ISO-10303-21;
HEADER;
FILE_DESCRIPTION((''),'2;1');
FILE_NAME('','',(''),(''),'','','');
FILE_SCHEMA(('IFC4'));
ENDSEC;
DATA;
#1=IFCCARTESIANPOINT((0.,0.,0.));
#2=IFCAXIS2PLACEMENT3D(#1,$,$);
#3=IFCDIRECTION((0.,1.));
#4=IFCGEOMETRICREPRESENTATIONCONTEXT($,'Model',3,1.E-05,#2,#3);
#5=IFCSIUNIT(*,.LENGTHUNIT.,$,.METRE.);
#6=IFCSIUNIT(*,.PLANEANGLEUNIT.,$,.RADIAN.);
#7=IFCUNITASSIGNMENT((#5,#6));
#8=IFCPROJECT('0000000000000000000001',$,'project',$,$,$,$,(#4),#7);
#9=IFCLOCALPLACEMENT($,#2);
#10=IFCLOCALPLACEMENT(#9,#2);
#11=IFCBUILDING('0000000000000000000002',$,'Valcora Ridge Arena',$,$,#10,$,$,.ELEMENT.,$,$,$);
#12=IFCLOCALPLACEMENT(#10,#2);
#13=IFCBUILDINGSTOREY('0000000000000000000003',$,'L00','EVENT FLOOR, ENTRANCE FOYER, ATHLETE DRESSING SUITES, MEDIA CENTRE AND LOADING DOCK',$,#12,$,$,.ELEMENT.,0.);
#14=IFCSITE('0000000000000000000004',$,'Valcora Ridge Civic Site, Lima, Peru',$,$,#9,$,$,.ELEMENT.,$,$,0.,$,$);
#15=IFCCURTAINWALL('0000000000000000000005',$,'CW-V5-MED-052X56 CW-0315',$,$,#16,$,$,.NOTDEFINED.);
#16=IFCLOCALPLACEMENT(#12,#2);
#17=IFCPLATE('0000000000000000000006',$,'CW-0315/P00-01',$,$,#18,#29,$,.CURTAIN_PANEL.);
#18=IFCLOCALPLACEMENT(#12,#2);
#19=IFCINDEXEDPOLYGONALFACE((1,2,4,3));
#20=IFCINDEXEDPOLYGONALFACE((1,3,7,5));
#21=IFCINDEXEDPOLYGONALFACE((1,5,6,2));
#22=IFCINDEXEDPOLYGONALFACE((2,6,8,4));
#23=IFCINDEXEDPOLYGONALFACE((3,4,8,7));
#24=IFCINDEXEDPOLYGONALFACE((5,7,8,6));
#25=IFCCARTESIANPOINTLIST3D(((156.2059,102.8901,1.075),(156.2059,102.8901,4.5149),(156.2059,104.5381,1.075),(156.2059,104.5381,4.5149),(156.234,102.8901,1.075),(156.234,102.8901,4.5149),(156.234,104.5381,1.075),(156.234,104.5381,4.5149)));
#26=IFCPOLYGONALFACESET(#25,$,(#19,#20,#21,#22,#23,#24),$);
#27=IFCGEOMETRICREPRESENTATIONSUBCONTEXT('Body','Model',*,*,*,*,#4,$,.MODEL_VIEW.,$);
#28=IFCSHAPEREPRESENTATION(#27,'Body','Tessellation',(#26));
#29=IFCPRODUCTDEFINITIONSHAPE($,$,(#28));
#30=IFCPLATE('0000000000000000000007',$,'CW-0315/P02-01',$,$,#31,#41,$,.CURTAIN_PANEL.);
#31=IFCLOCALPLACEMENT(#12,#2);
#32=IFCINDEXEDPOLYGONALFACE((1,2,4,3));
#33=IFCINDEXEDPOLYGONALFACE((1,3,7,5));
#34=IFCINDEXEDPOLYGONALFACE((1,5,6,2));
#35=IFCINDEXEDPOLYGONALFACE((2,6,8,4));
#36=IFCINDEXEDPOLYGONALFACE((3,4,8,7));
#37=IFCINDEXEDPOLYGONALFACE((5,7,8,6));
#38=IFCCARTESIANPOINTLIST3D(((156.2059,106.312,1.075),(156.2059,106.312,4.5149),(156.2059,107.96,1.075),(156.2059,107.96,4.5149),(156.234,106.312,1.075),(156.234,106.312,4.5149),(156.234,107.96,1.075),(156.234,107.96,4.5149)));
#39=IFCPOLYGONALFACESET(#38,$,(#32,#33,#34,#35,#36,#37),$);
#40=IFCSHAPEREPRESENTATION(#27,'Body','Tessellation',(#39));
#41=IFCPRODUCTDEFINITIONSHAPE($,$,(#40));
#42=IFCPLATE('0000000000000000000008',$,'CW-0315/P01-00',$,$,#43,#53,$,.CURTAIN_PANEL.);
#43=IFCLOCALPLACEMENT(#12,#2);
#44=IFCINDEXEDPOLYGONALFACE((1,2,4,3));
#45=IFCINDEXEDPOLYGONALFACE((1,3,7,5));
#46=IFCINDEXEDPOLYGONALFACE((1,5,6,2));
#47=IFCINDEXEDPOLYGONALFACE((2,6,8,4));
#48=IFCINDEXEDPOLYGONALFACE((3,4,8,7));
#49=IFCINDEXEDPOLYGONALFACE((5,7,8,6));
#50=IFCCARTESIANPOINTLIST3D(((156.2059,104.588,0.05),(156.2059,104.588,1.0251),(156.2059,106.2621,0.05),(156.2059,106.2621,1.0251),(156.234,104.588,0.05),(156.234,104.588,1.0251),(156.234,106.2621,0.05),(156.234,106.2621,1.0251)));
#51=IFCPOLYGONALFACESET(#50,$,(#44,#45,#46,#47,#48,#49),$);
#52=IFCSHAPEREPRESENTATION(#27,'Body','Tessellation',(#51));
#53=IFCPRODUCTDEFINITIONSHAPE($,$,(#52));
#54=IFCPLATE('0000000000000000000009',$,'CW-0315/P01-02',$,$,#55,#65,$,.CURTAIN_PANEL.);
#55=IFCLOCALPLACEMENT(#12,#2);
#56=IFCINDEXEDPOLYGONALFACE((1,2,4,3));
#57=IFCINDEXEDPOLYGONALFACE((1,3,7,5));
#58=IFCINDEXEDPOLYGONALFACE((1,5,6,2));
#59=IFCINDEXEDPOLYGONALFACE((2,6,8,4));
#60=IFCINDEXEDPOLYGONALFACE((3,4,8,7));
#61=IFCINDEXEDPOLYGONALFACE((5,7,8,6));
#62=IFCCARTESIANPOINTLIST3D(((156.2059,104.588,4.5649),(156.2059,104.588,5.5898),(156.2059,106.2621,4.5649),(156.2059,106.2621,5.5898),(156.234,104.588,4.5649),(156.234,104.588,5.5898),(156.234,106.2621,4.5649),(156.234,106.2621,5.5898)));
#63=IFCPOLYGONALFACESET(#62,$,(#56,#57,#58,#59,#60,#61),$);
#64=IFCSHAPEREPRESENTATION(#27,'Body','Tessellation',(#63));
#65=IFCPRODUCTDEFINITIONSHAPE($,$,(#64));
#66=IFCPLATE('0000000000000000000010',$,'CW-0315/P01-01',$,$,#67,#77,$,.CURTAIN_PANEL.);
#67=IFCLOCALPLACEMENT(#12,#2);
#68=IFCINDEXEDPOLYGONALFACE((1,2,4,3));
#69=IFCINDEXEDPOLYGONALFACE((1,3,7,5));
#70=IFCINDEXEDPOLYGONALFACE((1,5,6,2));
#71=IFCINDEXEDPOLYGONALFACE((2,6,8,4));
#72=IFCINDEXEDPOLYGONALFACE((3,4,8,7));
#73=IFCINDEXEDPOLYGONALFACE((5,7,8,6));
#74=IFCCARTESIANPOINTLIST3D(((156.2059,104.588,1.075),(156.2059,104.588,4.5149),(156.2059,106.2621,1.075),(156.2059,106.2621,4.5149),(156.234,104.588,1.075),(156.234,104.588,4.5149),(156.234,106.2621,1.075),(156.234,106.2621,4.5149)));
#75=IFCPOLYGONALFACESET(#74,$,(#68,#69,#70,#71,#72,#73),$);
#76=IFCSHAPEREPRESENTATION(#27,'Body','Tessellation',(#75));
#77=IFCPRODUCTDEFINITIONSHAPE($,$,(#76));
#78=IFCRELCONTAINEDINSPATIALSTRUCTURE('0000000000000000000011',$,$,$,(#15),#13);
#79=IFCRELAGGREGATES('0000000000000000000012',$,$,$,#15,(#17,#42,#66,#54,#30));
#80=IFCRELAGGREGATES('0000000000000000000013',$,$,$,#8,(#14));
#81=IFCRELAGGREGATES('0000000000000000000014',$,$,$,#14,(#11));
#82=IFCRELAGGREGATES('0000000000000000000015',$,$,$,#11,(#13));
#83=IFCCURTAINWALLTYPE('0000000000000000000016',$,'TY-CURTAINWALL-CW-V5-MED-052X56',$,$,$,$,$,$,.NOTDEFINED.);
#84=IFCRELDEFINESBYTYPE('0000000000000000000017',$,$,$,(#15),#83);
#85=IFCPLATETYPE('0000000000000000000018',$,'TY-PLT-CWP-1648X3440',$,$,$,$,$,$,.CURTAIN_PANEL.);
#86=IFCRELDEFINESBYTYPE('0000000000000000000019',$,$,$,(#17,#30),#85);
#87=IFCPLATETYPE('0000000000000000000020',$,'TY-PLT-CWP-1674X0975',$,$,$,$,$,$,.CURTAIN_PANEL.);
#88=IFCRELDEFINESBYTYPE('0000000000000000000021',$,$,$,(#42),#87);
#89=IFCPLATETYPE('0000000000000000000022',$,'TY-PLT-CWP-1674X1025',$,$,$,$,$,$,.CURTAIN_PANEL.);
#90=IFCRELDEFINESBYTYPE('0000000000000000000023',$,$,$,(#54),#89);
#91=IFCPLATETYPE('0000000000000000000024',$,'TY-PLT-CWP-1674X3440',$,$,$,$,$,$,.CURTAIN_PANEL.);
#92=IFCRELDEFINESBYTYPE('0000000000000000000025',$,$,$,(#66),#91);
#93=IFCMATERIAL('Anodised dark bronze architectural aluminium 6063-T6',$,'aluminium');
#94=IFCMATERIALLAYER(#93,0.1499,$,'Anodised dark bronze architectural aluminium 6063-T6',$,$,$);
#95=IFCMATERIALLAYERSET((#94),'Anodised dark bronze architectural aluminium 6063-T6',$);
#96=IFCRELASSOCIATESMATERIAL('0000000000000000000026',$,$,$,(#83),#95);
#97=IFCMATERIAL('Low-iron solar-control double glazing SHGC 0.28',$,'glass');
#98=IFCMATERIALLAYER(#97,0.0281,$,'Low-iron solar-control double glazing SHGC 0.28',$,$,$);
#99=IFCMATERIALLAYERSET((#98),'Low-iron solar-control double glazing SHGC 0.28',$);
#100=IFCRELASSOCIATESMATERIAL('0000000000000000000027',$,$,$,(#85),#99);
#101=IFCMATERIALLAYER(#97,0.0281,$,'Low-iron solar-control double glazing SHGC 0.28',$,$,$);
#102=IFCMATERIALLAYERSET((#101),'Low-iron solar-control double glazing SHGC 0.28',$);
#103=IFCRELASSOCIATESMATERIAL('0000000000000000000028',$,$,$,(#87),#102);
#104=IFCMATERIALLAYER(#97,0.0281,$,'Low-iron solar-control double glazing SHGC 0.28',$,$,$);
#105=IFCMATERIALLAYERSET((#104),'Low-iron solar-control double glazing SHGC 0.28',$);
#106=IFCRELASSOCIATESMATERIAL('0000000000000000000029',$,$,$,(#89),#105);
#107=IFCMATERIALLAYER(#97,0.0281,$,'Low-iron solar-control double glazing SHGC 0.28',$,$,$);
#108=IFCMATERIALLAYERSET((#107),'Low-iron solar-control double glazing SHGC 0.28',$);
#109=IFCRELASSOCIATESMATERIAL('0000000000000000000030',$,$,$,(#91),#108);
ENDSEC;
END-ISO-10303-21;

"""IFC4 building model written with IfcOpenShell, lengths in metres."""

from ifc_helpers import new_model, si_unit, direction, frame, origin, origin_2d, place, context, subcontext, project, spatial, rectangle, extrude, material, layer, layer_set, type_object, element, aggregate, save


model = new_model("IFC4")

# Units and contexts
model_context = context("Model", 3, precision=1e-05, world=origin(), true_north=direction((0.0, 1.0)))
body_context = subcontext(model_context, "Body", "Model", "MODEL_VIEW")
ifc_project = project(units=[si_unit("LENGTHUNIT", "METRE"), si_unit("PLANEANGLEUNIT", "RADIAN")], contexts=[model_context])

# Site, building, storey
site_placement = place(None, origin())
site = spatial("IfcSite", under=ifc_project, at=site_placement, Name="Valcora Ridge Civic Site, Lima, Peru", CompositionType="ELEMENT", RefElevation=0.0)
building_placement = place(site_placement, origin())
building = spatial("IfcBuilding", under=site, at=building_placement, Name="Valcora Ridge Arena", CompositionType="ELEMENT")
storey_placement = place(building_placement, origin())
storey = spatial("IfcBuildingStorey", under=building, at=storey_placement, Name="L00", Description="EVENT FLOOR, ENTRANCE FOYER, ATHLETE DRESSING SUITES, MEDIA CENTRE AND LOADING DOCK", CompositionType="ELEMENT", Elevation=0.0)

# Curtain wall, plates
ifc_material_1 = material(Name="Anodised dark bronze architectural aluminium 6063-T6", Category="aluminium")
ifc_layer_1 = layer(ifc_material_1, 0.1499, Name="Anodised dark bronze architectural aluminium 6063-T6")
ifc_layer_set_1 = layer_set([ifc_layer_1], Name="Anodised dark bronze architectural aluminium 6063-T6")
curtain_wall_type = type_object("IfcCurtainWallType", Name="TY-CURTAINWALL-CW-V5-MED-052X56", PredefinedType="NOTDEFINED", material=ifc_layer_set_1)
curtain_wall_placement = place(storey_placement, origin())
curtain_wall = element("IfcCurtainWall", 1, at=curtain_wall_placement, inside=storey, type_object=curtain_wall_type, Name="CW-V5-MED-052X56 CW-0315", PredefinedType="NOTDEFINED")
ifc_material_2 = material(Name="Low-iron solar-control double glazing SHGC 0.28", Category="glass")
ifc_layer_2 = layer(ifc_material_2, 0.0281, Name="Low-iron solar-control double glazing SHGC 0.28")
ifc_layer_set_2 = layer_set([ifc_layer_2], Name="Low-iron solar-control double glazing SHGC 0.28")
plate_type_1 = type_object("IfcPlateType", Name="TY-PLT-CWP-1648X3440", PredefinedType="CURTAIN_PANEL", material=ifc_layer_set_2)
plate_1_placement = place(storey_placement, frame((156.22, 103.7141, 1.075), z_axis=(0.0, 0.0, 1.0), x_axis=(0.0, 1.0, 0.0)))
plate_1 = element("IfcPlate", 2, at=plate_1_placement, type_object=plate_type_1, Name="CW-0315/P00-01", PredefinedType="CURTAIN_PANEL", context=body_context, shape_type="SweptSolid", body=[
    extrude(rectangle(XDim=1.6479, YDim=0.0281, at=origin_2d()), origin(), (0.0, 0.0, 1.0), 3.4399),
])
plate_2_placement = place(storey_placement, frame((156.22, 107.136, 1.075), z_axis=(0.0, 0.0, 1.0), x_axis=(0.0, 1.0, 0.0)))
plate_2 = element("IfcPlate", 3, at=plate_2_placement, type_object=plate_type_1, Name="CW-0315/P02-01", PredefinedType="CURTAIN_PANEL", context=body_context, shape_type="SweptSolid", body=[
    extrude(rectangle(XDim=1.6479, YDim=0.0281, at=origin_2d()), origin(), (0.0, 0.0, 1.0), 3.4399),
])
ifc_layer_3 = layer(ifc_material_2, 0.0281, Name="Low-iron solar-control double glazing SHGC 0.28")
ifc_layer_set_3 = layer_set([ifc_layer_3], Name="Low-iron solar-control double glazing SHGC 0.28")
plate_type_2 = type_object("IfcPlateType", Name="TY-PLT-CWP-1674X0975", PredefinedType="CURTAIN_PANEL", material=ifc_layer_set_3)
plate_3_placement = place(storey_placement, frame((156.22, 105.425, 0.05), z_axis=(0.0, 0.0, 1.0), x_axis=(0.0, 1.0, 0.0)))
plate_3 = element("IfcPlate", 4, at=plate_3_placement, type_object=plate_type_2, Name="CW-0315/P01-00", PredefinedType="CURTAIN_PANEL", context=body_context, shape_type="SweptSolid", body=[
    extrude(rectangle(XDim=1.6741, YDim=0.0281, at=origin_2d()), origin(), (0.0, 0.0, 1.0), 0.9751),
])
ifc_layer_4 = layer(ifc_material_2, 0.0281, Name="Low-iron solar-control double glazing SHGC 0.28")
ifc_layer_set_4 = layer_set([ifc_layer_4], Name="Low-iron solar-control double glazing SHGC 0.28")
plate_type_3 = type_object("IfcPlateType", Name="TY-PLT-CWP-1674X1025", PredefinedType="CURTAIN_PANEL", material=ifc_layer_set_4)
plate_4_placement = place(storey_placement, frame((156.22, 105.425, 4.5649), z_axis=(0.0, 0.0, 1.0), x_axis=(0.0, 1.0, 0.0)))
plate_4 = element("IfcPlate", 5, at=plate_4_placement, type_object=plate_type_3, Name="CW-0315/P01-02", PredefinedType="CURTAIN_PANEL", context=body_context, shape_type="SweptSolid", body=[
    extrude(rectangle(XDim=1.6741, YDim=0.0281, at=origin_2d()), origin(), (0.0, 0.0, 1.0), 1.0249),
])
ifc_layer_5 = layer(ifc_material_2, 0.0281, Name="Low-iron solar-control double glazing SHGC 0.28")
ifc_layer_set_5 = layer_set([ifc_layer_5], Name="Low-iron solar-control double glazing SHGC 0.28")
plate_type_4 = type_object("IfcPlateType", Name="TY-PLT-CWP-1674X3440", PredefinedType="CURTAIN_PANEL", material=ifc_layer_set_5)
plate_5_placement = place(storey_placement, frame((156.22, 105.425, 1.075), z_axis=(0.0, 0.0, 1.0), x_axis=(0.0, 1.0, 0.0)))
plate_5 = element("IfcPlate", 6, at=plate_5_placement, type_object=plate_type_4, Name="CW-0315/P01-01", PredefinedType="CURTAIN_PANEL", context=body_context, shape_type="SweptSolid", body=[
    extrude(rectangle(XDim=1.6741, YDim=0.0281, at=origin_2d()), origin(), (0.0, 0.0, 1.0), 3.4399),
])
aggregate(curtain_wall, [plate_1, plate_3, plate_5, plate_4, plate_2])

save(model, "model.ifc")
